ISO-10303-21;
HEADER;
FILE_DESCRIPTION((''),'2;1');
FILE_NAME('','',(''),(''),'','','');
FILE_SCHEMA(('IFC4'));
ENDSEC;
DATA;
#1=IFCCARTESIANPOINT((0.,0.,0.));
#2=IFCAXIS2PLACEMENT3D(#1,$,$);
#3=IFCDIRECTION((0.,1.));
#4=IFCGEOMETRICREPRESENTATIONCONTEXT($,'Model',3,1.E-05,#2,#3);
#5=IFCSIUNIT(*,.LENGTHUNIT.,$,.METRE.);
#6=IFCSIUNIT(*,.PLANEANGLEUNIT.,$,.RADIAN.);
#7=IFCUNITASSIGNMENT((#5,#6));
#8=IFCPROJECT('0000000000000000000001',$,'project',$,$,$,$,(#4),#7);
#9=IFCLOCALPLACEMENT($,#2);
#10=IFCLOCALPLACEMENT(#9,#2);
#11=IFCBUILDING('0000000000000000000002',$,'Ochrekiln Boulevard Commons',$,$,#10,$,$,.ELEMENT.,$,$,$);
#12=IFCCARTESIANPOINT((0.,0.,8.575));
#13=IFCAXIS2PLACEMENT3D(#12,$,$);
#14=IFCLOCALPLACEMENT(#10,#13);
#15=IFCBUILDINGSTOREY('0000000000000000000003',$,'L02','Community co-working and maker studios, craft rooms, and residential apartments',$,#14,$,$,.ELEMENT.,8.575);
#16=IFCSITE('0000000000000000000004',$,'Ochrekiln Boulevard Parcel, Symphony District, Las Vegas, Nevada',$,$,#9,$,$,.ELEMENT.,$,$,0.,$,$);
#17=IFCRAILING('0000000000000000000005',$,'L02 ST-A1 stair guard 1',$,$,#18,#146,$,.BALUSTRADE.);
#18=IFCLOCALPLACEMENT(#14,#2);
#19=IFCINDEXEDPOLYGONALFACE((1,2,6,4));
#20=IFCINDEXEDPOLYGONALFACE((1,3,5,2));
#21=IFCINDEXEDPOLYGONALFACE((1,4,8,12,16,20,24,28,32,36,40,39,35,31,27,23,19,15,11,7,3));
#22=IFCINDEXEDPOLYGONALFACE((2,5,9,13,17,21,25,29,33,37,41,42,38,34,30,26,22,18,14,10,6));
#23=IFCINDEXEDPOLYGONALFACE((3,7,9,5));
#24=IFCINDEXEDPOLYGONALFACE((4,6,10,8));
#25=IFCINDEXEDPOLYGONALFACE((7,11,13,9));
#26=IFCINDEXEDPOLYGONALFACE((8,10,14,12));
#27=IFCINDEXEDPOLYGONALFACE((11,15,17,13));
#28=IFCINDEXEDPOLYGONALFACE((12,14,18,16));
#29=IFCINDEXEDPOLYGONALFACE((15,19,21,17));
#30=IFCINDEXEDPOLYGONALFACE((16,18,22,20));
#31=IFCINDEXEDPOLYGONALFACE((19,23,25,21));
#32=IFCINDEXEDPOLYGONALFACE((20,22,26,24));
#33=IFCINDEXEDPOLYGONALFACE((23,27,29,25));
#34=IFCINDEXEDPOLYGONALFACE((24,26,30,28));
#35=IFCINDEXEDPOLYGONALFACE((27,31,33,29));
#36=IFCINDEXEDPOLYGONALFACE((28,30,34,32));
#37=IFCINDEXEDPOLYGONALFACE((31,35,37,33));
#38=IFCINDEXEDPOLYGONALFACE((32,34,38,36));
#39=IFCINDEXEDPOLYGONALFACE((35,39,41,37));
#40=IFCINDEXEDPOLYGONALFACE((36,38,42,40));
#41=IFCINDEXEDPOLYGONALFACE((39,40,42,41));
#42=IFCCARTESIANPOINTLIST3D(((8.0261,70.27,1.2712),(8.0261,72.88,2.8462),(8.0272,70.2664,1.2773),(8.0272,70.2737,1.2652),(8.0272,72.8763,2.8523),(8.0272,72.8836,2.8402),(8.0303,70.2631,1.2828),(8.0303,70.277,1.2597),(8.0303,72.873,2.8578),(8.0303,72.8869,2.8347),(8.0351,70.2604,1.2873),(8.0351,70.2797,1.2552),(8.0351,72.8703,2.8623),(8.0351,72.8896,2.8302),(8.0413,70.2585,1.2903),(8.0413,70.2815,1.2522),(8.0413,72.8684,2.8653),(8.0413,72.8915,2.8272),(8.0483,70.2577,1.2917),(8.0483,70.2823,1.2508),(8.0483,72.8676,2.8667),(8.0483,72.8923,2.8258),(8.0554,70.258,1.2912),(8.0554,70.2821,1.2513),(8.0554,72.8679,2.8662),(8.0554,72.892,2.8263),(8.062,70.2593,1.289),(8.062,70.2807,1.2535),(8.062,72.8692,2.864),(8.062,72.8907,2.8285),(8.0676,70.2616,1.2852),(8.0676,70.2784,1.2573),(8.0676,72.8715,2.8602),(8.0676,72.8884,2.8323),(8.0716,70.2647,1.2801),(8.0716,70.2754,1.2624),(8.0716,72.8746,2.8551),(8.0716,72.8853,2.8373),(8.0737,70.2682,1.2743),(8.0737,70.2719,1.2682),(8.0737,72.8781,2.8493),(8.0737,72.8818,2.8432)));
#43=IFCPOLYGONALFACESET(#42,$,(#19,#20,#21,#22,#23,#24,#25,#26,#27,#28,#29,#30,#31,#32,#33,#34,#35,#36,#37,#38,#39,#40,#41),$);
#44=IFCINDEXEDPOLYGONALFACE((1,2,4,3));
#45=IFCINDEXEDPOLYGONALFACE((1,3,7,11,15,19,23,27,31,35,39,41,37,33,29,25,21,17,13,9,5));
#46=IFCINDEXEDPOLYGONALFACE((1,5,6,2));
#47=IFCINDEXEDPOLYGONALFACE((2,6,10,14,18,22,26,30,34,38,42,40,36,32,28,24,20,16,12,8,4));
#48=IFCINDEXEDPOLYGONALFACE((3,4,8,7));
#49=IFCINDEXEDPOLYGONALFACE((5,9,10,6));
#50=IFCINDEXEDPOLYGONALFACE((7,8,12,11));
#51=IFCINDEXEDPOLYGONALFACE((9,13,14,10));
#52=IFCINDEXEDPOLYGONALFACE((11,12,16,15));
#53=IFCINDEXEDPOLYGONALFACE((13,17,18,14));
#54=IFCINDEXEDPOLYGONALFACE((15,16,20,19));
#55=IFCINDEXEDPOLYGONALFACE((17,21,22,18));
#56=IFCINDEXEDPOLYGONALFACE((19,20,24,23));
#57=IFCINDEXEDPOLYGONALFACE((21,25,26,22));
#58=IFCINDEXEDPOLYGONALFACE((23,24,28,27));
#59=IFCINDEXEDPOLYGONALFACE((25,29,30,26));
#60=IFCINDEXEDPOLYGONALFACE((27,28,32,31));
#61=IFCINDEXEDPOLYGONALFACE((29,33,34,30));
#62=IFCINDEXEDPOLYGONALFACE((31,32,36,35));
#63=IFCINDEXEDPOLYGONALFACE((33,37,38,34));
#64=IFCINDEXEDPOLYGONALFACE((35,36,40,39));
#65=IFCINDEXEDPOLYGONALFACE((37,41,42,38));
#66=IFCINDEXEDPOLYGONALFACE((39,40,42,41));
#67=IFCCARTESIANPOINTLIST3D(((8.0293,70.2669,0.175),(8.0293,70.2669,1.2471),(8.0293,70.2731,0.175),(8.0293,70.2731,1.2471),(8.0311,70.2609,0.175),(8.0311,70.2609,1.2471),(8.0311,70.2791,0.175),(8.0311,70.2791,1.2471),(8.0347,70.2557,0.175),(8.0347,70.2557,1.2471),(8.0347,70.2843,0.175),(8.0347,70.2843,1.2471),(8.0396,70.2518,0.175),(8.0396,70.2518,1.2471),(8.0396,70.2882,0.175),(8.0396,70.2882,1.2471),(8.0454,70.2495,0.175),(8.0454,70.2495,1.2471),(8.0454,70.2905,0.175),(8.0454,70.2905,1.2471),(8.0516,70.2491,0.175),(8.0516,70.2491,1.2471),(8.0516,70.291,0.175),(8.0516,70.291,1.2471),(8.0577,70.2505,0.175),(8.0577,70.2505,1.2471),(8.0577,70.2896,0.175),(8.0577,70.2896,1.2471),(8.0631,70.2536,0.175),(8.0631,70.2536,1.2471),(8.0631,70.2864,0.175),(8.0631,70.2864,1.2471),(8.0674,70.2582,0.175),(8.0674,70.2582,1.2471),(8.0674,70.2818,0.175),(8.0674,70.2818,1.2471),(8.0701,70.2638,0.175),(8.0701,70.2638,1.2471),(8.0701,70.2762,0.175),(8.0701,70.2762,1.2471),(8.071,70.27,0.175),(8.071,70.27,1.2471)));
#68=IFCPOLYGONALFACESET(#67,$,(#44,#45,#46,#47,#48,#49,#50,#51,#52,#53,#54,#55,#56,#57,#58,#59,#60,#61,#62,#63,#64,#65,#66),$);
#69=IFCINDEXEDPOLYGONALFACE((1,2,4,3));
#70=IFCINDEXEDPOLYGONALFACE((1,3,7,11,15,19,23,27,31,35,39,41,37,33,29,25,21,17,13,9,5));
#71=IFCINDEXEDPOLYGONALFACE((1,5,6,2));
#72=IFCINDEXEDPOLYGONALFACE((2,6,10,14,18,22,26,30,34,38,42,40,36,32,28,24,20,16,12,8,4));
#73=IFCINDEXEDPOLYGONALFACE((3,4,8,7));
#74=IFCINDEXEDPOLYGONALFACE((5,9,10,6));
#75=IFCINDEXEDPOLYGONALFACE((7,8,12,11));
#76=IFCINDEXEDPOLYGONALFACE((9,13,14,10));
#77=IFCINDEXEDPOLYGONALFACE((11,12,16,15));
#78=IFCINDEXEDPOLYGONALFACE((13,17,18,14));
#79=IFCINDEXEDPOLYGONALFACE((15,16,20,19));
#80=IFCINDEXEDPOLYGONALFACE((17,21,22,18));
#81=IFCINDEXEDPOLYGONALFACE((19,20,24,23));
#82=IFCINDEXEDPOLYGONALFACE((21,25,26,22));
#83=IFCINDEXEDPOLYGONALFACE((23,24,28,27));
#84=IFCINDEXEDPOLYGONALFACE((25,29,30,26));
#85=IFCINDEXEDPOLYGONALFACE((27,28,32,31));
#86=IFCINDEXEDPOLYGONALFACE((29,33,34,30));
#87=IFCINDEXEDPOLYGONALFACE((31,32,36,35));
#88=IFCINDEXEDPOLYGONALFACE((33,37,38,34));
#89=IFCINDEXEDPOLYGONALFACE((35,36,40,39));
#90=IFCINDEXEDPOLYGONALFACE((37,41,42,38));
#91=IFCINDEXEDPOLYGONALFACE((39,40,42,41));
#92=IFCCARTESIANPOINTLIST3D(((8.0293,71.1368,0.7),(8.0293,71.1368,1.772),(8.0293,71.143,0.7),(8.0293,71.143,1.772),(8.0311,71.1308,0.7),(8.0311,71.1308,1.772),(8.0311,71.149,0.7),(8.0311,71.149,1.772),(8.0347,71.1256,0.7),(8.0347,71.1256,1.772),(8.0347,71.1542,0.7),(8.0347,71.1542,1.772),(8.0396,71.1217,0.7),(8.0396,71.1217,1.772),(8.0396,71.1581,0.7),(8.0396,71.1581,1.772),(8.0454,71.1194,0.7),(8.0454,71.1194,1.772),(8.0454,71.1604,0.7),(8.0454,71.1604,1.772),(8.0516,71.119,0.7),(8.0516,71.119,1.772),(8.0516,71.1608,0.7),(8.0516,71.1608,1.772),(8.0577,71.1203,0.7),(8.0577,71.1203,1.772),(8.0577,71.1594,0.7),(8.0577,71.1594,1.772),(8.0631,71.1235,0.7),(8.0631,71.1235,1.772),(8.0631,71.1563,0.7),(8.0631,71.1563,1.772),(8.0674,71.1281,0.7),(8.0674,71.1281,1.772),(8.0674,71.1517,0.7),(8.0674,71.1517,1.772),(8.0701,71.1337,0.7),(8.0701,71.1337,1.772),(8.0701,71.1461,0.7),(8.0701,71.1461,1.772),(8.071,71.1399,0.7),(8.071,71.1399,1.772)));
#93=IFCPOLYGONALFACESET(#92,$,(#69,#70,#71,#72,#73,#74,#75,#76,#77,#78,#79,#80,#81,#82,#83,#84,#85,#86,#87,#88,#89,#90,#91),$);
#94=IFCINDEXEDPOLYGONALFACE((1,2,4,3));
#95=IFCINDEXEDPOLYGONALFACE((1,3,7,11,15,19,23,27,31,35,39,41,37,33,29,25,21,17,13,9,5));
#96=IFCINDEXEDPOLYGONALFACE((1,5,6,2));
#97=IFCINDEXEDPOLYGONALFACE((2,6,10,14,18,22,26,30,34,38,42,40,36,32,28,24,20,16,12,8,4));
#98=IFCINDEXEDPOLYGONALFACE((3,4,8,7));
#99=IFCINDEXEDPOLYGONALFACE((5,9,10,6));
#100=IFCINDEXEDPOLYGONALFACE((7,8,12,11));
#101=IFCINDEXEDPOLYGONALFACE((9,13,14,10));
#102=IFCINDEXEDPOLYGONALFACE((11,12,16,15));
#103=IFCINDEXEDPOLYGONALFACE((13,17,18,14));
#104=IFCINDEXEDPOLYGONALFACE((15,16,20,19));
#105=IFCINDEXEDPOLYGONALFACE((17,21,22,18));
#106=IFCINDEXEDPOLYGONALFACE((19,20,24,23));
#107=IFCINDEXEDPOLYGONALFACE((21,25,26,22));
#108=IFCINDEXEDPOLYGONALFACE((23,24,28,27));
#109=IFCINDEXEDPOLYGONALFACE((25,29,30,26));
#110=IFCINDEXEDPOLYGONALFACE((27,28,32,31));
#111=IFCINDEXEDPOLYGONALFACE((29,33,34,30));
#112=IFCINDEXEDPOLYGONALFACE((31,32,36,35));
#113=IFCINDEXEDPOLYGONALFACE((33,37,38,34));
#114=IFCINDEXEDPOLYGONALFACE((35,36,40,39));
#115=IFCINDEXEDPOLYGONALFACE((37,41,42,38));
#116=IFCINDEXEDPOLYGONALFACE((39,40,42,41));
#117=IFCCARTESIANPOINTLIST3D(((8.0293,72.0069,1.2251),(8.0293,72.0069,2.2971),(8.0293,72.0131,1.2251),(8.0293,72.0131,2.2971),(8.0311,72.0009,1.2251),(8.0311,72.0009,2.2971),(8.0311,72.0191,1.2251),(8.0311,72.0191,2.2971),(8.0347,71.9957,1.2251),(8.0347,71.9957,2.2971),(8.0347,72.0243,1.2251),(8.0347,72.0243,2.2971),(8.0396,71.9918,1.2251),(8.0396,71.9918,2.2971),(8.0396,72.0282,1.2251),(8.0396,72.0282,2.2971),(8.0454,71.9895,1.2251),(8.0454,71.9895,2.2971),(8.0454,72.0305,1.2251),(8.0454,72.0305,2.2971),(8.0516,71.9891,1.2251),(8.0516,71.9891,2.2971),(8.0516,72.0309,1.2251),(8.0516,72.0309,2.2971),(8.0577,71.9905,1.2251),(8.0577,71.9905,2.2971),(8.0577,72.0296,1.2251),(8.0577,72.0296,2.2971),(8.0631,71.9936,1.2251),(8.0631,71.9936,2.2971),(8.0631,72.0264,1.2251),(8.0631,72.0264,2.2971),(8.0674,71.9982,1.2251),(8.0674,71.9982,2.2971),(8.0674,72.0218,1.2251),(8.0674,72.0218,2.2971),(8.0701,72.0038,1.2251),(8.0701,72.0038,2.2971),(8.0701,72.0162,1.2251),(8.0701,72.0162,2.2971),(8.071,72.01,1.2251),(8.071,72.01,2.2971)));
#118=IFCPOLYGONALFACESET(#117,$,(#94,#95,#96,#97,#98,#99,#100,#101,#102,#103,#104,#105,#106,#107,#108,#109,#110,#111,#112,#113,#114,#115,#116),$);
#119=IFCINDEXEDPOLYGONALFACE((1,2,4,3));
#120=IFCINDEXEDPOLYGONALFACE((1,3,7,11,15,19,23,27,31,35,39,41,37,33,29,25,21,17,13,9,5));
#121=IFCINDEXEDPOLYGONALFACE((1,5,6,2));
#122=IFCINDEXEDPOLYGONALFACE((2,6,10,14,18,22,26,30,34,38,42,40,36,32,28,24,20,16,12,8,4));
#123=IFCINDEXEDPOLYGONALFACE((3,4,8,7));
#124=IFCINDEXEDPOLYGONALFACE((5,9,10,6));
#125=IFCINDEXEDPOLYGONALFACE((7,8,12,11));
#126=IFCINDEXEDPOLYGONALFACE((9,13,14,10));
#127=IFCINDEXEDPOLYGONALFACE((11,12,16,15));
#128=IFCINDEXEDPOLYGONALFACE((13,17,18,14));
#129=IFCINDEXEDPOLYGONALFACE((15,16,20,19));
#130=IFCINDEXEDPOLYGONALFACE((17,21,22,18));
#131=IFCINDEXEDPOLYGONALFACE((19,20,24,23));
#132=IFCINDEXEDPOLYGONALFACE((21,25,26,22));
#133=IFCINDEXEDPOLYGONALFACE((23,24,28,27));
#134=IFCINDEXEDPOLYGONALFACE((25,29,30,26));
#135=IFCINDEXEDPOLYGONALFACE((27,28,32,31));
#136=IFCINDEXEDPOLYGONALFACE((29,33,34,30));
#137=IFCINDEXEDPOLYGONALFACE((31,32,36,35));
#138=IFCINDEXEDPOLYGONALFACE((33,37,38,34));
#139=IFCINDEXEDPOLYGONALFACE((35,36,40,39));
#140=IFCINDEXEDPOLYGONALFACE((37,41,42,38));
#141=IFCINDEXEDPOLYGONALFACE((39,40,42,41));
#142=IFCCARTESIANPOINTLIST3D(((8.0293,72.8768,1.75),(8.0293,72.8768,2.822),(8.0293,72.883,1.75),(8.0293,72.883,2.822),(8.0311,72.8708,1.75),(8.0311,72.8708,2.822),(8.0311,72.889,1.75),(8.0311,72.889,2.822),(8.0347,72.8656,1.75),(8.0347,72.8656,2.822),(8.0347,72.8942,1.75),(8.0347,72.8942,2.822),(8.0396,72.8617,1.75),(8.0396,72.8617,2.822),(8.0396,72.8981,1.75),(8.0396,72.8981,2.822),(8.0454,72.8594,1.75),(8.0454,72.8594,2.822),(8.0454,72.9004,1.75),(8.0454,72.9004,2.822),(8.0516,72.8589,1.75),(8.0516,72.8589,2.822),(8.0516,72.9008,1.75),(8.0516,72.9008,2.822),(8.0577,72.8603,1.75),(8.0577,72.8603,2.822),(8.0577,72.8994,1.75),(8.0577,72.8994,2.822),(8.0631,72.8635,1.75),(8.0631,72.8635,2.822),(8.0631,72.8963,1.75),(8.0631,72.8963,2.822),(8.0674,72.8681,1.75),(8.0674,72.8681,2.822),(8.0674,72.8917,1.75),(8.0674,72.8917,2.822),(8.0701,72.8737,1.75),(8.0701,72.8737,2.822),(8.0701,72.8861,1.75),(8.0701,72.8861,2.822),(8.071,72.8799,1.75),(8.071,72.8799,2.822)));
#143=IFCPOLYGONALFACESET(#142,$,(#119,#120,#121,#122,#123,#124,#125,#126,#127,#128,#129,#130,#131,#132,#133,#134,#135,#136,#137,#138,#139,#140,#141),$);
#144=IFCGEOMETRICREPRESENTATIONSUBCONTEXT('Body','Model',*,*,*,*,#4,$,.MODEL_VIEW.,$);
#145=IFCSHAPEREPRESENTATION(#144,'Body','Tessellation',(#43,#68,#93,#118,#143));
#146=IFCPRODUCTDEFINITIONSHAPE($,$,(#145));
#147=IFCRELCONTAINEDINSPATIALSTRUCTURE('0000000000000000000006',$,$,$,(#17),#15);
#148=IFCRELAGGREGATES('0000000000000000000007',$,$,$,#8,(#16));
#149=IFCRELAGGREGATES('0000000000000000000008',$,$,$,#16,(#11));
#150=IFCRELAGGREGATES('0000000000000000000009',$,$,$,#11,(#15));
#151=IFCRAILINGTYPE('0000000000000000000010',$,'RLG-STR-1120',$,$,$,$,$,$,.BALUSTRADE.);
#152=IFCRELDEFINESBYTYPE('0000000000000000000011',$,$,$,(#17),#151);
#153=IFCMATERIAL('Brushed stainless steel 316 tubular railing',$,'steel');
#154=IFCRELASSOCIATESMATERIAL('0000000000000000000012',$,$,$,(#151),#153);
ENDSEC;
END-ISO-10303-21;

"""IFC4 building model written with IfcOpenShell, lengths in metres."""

from ifc_helpers import new_model, si_unit, direction, frame, origin, origin_2d, place, context, subcontext, project, spatial, circle, extrude, material, type_object, element, save


model = new_model("IFC4")

# Units and contexts
model_context = context("Model", 3, precision=1e-05, world=origin(), true_north=direction((0.0, 1.0)))
body_context = subcontext(model_context, "Body", "Model", "MODEL_VIEW")
ifc_project = project(units=[si_unit("LENGTHUNIT", "METRE"), si_unit("PLANEANGLEUNIT", "RADIAN")], contexts=[model_context])

# Site, building, storey
site_placement = place(None, origin())
site = spatial("IfcSite", under=ifc_project, at=site_placement, Name="Ochrekiln Boulevard Parcel, Symphony District, Las Vegas, Nevada", CompositionType="ELEMENT", RefElevation=0.0)
building_placement = place(site_placement, origin())
building = spatial("IfcBuilding", under=site, at=building_placement, Name="Ochrekiln Boulevard Commons", CompositionType="ELEMENT")
storey_placement = place(building_placement, frame((0.0, 0.0, 8.575)))
storey = spatial("IfcBuildingStorey", under=building, at=storey_placement, Name="L02", Description="Community co-working and maker studios, craft rooms, and residential apartments", CompositionType="ELEMENT", Elevation=8.575)

# Railing
ifc_material_1 = material(Name="Brushed stainless steel 316 tubular railing", Category="steel")
railing_type_1 = type_object("IfcRailingType", Name="RLG-STR-1120", PredefinedType="BALUSTRADE", material=ifc_material_1)
railing_1_placement = place(storey_placement, frame((8.05, 70.27, 0.175)))
element("IfcRailing", 1, at=railing_1_placement, inside=storey, type_object=railing_type_1, Name="L02 ST-A1 stair guard 1", PredefinedType="BALUSTRADE", context=body_context, shape_type="SweptSolid", body=[
    extrude(circle(Radius=0.0239, at=origin_2d()), frame((0.0, 0.0, 1.0962), z_axis=(0.0, 0.856183, 0.516673), x_axis=(-1.0, 0.0, 0.0)), (0.0, 0.0, 1.0), 3.0483),
    extrude(circle(Radius=0.021, at=origin_2d()), origin(), (0.0, 0.0, 1.0), 1.072),
    extrude(circle(Radius=0.021, at=origin_2d()), frame((0.0, 0.8699, 0.5249)), (0.0, 0.0, 1.0), 1.072),
    extrude(circle(Radius=0.021, at=origin_2d()), frame((0.0, 1.74, 1.05)), (0.0, 0.0, 1.0), 1.072),
    extrude(circle(Radius=0.021, at=origin_2d()), frame((0.0, 2.6099, 1.575)), (0.0, 0.0, 1.0), 1.072),
])

save(model, "model.ifc")
